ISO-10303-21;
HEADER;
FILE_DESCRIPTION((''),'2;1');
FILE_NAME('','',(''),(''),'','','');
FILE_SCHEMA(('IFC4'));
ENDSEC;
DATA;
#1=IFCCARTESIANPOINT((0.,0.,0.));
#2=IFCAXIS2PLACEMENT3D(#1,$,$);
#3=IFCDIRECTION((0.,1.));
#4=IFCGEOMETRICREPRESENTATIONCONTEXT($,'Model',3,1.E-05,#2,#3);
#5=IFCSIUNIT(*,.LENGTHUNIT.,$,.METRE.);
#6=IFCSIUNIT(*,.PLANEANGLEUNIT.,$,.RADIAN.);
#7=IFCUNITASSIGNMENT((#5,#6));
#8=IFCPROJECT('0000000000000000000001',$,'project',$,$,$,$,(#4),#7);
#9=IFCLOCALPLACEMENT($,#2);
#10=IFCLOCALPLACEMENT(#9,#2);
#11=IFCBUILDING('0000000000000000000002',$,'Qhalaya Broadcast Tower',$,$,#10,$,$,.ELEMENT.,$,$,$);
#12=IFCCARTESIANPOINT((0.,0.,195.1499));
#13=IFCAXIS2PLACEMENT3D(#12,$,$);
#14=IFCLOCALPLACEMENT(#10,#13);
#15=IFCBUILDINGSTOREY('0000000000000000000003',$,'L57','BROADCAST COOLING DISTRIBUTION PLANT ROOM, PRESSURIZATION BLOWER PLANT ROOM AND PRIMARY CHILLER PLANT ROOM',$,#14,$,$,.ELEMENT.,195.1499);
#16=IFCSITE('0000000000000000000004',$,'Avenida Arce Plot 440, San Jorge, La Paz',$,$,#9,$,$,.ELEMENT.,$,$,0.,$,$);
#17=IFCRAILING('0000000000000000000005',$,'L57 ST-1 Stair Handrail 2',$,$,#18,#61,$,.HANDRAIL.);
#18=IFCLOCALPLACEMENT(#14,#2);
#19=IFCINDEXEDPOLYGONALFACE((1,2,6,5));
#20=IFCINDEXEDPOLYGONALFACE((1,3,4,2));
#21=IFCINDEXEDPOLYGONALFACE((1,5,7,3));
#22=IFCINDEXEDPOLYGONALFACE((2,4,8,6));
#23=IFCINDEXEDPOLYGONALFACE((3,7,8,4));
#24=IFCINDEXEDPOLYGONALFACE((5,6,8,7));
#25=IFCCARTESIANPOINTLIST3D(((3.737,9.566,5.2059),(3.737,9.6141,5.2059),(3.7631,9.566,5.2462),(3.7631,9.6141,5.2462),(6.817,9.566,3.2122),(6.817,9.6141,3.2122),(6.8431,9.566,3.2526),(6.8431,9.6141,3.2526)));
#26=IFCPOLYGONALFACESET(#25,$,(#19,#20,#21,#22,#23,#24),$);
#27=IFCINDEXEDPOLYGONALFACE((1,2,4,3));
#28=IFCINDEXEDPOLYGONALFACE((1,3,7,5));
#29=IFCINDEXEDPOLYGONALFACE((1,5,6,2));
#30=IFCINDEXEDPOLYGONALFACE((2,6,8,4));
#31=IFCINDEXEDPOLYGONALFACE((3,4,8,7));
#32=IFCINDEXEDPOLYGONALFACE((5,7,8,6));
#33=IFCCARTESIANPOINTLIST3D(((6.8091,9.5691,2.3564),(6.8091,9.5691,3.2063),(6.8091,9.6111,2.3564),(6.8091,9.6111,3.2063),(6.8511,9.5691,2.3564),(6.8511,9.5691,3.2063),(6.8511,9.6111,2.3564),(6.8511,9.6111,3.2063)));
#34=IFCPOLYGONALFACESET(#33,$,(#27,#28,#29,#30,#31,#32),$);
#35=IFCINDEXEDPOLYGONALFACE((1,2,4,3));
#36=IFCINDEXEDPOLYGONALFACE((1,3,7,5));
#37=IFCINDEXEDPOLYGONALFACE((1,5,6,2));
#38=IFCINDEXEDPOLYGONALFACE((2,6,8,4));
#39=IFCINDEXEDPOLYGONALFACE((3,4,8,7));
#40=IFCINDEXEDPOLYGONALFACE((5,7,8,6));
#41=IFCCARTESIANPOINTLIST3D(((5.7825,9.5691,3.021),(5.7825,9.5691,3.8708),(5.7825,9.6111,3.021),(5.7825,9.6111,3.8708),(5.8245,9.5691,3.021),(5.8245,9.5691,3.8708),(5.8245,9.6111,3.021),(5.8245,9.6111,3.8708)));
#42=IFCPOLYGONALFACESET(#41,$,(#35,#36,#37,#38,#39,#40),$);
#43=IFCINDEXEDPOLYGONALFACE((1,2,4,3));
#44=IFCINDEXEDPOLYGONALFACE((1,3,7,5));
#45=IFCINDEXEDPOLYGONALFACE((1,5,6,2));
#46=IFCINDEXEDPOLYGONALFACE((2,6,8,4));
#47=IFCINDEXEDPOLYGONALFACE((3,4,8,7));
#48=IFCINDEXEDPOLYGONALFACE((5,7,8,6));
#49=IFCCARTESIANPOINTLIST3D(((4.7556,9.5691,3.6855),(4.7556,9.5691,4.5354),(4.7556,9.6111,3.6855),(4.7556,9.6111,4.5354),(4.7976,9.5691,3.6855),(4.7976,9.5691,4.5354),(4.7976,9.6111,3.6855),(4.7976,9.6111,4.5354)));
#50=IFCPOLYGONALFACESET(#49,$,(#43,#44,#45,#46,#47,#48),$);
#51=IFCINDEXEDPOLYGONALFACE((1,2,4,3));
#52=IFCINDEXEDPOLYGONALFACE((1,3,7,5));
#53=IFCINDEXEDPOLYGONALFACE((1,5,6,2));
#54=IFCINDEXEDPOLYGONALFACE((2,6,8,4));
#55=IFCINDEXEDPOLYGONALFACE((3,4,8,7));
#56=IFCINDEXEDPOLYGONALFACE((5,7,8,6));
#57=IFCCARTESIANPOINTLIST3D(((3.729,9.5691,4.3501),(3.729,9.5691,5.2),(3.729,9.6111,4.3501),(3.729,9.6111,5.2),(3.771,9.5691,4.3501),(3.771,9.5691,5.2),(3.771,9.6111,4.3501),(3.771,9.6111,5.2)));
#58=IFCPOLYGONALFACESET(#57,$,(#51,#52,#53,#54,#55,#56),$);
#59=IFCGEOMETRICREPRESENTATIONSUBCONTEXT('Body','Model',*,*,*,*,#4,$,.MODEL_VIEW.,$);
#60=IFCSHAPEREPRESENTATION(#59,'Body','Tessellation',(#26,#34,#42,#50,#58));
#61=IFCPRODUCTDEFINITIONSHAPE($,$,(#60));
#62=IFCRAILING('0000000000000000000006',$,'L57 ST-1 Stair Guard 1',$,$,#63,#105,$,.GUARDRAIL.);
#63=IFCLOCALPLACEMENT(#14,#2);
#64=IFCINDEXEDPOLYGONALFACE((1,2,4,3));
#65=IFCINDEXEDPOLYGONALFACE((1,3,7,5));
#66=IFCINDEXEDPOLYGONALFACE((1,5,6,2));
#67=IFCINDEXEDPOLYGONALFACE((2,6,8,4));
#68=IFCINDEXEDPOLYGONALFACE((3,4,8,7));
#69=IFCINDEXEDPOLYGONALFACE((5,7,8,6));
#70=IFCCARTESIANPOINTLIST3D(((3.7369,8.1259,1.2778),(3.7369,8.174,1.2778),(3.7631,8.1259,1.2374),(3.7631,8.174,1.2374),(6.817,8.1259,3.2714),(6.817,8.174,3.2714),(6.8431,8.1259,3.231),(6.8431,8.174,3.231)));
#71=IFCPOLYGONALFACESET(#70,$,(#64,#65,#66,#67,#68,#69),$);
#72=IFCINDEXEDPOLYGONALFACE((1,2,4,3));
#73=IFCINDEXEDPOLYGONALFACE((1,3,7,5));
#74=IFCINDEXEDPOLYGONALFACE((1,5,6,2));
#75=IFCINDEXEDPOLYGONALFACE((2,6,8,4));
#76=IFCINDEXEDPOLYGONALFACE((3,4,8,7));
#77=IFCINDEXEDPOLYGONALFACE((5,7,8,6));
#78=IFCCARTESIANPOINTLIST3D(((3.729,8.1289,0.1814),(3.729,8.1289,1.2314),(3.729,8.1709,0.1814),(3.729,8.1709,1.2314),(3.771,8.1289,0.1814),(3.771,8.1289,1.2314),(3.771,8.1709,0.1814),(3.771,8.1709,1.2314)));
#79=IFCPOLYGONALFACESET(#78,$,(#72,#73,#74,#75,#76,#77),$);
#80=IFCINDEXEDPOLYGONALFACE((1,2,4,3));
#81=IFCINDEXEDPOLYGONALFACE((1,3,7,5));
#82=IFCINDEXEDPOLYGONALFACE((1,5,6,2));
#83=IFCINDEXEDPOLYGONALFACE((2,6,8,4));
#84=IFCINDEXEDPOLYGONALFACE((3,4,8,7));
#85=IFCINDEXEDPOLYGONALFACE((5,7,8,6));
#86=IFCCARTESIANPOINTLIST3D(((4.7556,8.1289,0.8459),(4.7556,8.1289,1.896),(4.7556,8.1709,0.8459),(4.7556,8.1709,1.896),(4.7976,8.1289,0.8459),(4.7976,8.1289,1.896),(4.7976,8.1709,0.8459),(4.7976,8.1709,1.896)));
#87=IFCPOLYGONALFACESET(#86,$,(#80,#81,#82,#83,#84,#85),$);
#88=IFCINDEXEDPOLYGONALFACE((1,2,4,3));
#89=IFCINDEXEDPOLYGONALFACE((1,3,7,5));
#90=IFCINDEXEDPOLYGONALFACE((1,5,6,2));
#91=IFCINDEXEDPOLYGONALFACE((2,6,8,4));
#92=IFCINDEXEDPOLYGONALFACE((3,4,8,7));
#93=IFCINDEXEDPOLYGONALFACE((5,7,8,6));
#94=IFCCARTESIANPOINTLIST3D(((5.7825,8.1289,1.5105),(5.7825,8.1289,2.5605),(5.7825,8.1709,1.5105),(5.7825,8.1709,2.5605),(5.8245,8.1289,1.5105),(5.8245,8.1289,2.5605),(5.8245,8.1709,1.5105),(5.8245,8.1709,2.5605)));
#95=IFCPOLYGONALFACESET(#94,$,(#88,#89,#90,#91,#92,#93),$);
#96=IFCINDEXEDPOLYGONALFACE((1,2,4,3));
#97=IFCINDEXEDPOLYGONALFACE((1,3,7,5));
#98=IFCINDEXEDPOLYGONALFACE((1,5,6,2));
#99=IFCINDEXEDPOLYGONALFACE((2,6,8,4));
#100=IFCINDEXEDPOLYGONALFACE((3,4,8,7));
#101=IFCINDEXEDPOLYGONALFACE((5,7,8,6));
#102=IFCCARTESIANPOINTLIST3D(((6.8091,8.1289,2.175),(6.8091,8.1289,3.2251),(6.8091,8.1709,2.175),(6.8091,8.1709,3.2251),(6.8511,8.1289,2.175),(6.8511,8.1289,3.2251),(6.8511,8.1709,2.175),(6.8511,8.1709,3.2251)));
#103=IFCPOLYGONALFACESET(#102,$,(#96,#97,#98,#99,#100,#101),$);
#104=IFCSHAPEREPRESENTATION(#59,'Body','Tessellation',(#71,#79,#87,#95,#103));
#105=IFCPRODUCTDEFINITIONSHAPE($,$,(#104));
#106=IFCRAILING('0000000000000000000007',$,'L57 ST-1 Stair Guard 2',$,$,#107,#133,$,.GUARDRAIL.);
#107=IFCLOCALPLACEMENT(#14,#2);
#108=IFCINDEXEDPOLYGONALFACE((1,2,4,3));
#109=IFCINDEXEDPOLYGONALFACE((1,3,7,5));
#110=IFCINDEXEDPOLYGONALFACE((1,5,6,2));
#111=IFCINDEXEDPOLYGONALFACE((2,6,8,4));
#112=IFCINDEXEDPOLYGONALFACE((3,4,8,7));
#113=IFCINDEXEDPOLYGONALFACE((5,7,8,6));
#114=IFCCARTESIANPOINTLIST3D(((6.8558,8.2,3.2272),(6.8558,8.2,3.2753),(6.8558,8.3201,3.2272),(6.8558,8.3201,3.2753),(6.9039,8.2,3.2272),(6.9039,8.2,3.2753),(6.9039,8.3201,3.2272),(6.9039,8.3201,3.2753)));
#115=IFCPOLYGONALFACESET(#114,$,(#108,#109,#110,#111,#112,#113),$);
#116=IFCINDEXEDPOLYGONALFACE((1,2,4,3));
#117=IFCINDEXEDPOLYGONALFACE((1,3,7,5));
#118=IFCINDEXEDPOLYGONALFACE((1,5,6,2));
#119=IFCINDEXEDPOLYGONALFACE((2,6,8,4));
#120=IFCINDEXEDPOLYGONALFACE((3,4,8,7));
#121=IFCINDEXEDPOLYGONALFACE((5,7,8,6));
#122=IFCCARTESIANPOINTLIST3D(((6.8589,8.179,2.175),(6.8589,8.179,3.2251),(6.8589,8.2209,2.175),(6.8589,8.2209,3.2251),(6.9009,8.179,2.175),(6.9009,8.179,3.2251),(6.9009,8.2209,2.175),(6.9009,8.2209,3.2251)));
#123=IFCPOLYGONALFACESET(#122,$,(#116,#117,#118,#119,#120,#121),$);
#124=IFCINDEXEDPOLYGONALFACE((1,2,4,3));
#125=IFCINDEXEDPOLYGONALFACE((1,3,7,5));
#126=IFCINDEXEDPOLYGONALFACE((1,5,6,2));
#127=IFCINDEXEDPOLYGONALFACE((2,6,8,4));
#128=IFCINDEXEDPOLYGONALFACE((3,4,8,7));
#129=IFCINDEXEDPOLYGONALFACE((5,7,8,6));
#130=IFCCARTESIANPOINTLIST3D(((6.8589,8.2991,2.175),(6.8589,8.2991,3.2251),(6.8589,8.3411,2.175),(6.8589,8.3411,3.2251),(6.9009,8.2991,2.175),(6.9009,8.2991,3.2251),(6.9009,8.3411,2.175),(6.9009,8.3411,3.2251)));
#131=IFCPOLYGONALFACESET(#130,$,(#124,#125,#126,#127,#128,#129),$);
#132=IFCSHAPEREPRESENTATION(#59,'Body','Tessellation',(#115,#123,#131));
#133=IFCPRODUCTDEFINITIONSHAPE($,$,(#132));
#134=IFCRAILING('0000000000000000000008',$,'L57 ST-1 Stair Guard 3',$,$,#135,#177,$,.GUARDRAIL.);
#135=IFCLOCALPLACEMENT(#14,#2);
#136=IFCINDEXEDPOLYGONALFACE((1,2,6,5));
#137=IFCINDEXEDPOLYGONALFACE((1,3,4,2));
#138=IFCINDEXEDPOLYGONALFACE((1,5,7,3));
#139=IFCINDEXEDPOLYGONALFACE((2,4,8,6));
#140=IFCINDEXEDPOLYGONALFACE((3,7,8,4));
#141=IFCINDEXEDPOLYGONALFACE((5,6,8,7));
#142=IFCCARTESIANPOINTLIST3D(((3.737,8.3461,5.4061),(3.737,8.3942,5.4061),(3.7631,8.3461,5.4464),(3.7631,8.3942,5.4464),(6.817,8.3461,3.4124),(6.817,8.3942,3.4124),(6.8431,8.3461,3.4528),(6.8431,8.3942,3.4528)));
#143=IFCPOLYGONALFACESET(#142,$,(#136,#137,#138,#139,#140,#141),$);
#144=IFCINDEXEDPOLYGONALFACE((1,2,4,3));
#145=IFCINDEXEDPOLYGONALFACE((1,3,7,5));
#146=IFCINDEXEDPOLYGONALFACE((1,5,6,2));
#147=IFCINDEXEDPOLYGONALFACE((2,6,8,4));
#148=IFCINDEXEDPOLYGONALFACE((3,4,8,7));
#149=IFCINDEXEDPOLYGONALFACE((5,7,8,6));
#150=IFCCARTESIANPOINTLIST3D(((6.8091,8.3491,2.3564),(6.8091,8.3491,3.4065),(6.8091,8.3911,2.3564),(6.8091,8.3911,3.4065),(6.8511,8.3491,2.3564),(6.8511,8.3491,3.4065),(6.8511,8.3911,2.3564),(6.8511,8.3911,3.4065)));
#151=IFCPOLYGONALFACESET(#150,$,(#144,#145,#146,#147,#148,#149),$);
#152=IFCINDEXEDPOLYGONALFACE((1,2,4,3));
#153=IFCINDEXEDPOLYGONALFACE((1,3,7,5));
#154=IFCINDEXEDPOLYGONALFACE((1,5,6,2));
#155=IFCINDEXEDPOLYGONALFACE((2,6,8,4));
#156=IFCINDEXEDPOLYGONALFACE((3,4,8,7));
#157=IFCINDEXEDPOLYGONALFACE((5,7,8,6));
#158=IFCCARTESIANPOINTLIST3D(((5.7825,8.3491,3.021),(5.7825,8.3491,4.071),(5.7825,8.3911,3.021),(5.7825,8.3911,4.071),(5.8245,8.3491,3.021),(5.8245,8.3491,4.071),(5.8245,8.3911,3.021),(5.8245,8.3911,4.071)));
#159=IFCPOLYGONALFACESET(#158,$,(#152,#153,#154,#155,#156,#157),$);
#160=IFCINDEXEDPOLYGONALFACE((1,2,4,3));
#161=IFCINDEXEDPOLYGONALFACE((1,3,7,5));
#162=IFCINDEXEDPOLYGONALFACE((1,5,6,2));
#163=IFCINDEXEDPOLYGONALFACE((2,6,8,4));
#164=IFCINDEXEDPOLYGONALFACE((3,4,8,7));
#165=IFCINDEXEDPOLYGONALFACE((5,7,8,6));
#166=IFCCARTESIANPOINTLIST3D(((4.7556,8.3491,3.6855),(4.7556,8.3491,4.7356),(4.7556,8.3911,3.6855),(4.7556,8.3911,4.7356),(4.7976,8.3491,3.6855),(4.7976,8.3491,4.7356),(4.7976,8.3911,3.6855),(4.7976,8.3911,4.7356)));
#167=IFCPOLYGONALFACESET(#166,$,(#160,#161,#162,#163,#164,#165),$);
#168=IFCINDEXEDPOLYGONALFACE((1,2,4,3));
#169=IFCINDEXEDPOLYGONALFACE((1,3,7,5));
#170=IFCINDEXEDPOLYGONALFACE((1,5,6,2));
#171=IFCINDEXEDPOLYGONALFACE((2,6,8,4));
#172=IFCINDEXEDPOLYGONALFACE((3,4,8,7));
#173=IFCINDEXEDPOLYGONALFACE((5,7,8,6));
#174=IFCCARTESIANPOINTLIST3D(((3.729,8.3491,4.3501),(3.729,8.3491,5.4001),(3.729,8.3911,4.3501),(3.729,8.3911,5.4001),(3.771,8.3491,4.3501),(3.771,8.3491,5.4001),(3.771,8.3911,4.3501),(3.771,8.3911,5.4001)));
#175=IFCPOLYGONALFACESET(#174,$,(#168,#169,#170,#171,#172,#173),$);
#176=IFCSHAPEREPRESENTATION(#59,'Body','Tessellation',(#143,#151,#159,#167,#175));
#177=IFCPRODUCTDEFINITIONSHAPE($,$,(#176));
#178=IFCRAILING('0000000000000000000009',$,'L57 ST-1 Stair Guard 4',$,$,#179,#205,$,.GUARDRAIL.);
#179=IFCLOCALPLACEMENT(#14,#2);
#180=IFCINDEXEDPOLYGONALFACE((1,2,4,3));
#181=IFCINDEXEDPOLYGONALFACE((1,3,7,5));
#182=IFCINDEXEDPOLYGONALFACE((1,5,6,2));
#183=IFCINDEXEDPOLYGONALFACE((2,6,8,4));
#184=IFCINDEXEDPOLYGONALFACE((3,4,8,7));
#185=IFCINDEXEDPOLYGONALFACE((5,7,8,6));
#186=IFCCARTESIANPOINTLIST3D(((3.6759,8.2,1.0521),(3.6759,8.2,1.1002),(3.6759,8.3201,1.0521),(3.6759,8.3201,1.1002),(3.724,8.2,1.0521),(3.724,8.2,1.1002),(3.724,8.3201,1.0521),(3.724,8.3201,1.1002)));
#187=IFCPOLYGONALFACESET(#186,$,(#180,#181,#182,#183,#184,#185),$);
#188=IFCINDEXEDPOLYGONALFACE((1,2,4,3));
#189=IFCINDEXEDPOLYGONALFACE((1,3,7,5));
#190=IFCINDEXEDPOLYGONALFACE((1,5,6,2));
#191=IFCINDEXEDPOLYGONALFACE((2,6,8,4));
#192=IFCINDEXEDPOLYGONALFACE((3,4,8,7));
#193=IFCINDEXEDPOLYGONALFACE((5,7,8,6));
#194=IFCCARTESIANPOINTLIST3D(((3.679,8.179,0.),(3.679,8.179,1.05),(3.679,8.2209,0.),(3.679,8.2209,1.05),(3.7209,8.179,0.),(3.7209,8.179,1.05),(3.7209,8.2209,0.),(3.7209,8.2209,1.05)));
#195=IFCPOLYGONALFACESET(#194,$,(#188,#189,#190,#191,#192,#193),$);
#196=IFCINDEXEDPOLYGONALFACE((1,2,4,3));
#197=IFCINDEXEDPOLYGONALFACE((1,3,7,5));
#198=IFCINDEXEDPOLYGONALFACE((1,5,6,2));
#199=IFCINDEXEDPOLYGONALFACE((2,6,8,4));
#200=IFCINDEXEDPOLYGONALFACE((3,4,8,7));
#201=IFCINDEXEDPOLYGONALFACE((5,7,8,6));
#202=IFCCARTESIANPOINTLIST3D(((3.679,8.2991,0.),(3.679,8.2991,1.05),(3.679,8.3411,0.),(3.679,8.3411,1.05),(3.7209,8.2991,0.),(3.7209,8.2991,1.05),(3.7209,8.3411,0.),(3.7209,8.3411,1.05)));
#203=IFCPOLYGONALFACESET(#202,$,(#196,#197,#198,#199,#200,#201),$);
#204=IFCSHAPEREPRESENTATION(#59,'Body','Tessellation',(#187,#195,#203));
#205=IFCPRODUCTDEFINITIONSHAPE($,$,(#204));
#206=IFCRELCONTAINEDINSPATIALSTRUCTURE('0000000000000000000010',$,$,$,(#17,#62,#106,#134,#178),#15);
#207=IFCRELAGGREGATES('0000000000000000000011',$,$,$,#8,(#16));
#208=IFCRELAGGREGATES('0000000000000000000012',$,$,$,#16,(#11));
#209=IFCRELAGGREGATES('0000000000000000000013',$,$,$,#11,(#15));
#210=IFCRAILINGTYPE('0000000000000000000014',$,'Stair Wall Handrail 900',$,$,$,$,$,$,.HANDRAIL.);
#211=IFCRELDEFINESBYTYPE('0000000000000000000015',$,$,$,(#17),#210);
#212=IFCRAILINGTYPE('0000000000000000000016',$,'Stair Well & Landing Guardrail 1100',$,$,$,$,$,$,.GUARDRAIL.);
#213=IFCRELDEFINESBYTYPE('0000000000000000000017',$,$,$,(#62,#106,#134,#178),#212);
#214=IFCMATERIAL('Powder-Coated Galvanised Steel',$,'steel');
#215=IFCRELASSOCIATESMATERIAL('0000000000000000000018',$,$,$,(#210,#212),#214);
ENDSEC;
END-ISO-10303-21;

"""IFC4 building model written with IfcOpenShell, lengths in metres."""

from ifc_helpers import new_model, si_unit, direction, frame, origin, origin_2d, place, context, subcontext, project, spatial, rectangle, extrude, material, type_object, element, save


model = new_model("IFC4")

# Units and contexts
model_context = context("Model", 3, precision=1e-05, world=origin(), true_north=direction((0.0, 1.0)))
body_context = subcontext(model_context, "Body", "Model", "MODEL_VIEW")
ifc_project = project(units=[si_unit("LENGTHUNIT", "METRE"), si_unit("PLANEANGLEUNIT", "RADIAN")], contexts=[model_context])

# Site, building, storey
site_placement = place(None, origin())
site = spatial("IfcSite", under=ifc_project, at=site_placement, Name="Avenida Arce Plot 440, San Jorge, La Paz", CompositionType="ELEMENT", RefElevation=0.0)
building_placement = place(site_placement, origin())
building = spatial("IfcBuilding", under=site, at=building_placement, Name="Qhalaya Broadcast Tower", CompositionType="ELEMENT")
storey_placement = place(building_placement, frame((0.0, 0.0, 195.1499)))
storey = spatial("IfcBuildingStorey", under=building, at=storey_placement, Name="L57", Description="BROADCAST COOLING DISTRIBUTION PLANT ROOM, PRESSURIZATION BLOWER PLANT ROOM AND PRIMARY CHILLER PLANT ROOM", CompositionType="ELEMENT", Elevation=195.1499)

# Railings
ifc_material_1 = material(Name="Powder-Coated Galvanised Steel", Category="steel")
railing_type_1 = type_object("IfcRailingType", Name="Stair Wall Handrail 900", PredefinedType="HANDRAIL", material=ifc_material_1)
railing_1_placement = place(storey_placement, frame((6.8301, 9.5901, 2.3564)))
element("IfcRailing", 1, at=railing_1_placement, inside=storey, type_object=railing_type_1, Name="L57 ST-1 Stair Handrail 2", PredefinedType="HANDRAIL", context=body_context, shape_type="SweptSolid", body=[
    extrude(rectangle(XDim=0.0481, YDim=0.0481, at=origin_2d()), frame((0.0, 0.0, 0.876), z_axis=(-0.839488, 0.0, 0.543378), x_axis=(0.0, -1.0, 0.0)), (0.0, 0.0, 1.0), 3.6689),
    extrude(rectangle(XDim=0.042, YDim=0.042, at=origin_2d()), origin(), (0.0, 0.0, 1.0), 0.8499),
    extrude(rectangle(XDim=0.042, YDim=0.042, at=origin_2d()), frame((-1.0266, 0.0, 0.6646)), (0.0, 0.0, 1.0), 0.8499),
    extrude(rectangle(XDim=0.042, YDim=0.042, at=origin_2d()), frame((-2.0535, 0.0, 1.3291)), (0.0, 0.0, 1.0), 0.8499),
    extrude(rectangle(XDim=0.042, YDim=0.042, at=origin_2d()), frame((-3.0801, 0.0, 1.9937)), (0.0, 0.0, 1.0), 0.8499),
])
railing_type_2 = type_object("IfcRailingType", Name="Stair Well & Landing Guardrail 1100", PredefinedType="GUARDRAIL", material=ifc_material_1)
railing_2_placement = place(storey_placement, frame((3.75, 8.1499, 0.1814)))
element("IfcRailing", 2, at=railing_2_placement, inside=storey, type_object=railing_type_2, Name="L57 ST-1 Stair Guard 1", PredefinedType="GUARDRAIL", context=body_context, shape_type="SweptSolid", body=[
    extrude(rectangle(XDim=0.0481, YDim=0.0481, at=origin_2d()), frame((0.0, 0.0, 1.0762), z_axis=(0.839488, 0.0, 0.543378), x_axis=(0.0, 1.0, 0.0)), (0.0, 0.0, 1.0), 3.6689),
    extrude(rectangle(XDim=0.042, YDim=0.042, at=origin_2d()), origin(), (0.0, 0.0, 1.0), 1.05),
    extrude(rectangle(XDim=0.042, YDim=0.042, at=origin_2d()), frame((1.0266, 0.0, 0.6646)), (0.0, 0.0, 1.0), 1.05),
    extrude(rectangle(XDim=0.042, YDim=0.042, at=origin_2d()), frame((2.0535, 0.0, 1.3291)), (0.0, 0.0, 1.0), 1.05),
    extrude(rectangle(XDim=0.042, YDim=0.042, at=origin_2d()), frame((3.0801, 0.0, 1.9937)), (0.0, 0.0, 1.0), 1.05),
])
railing_3_placement = place(storey_placement, frame((6.8799, 8.2, 2.175)))
element("IfcRailing", 3, at=railing_3_placement, inside=storey, type_object=railing_type_2, Name="L57 ST-1 Stair Guard 2", PredefinedType="GUARDRAIL", context=body_context, shape_type="SweptSolid", body=[
    extrude(rectangle(XDim=0.0481, YDim=0.0481, at=origin_2d()), frame((0.0, 0.0, 1.0762), z_axis=(0.0, 1.0, 0.0), x_axis=(-1.0, 0.0, 0.0)), (0.0, 0.0, 1.0), 0.1201),
    extrude(rectangle(XDim=0.042, YDim=0.042, at=origin_2d()), origin(), (0.0, 0.0, 1.0), 1.05),
    extrude(rectangle(XDim=0.042, YDim=0.042, at=origin_2d()), frame((0.0, 0.1201, 0.0)), (0.0, 0.0, 1.0), 1.05),
])
railing_4_placement = place(storey_placement, frame((6.8301, 8.3701, 2.3564)))
element("IfcRailing", 4, at=railing_4_placement, inside=storey, type_object=railing_type_2, Name="L57 ST-1 Stair Guard 3", PredefinedType="GUARDRAIL", context=body_context, shape_type="SweptSolid", body=[
    extrude(rectangle(XDim=0.0481, YDim=0.0481, at=origin_2d()), frame((0.0, 0.0, 1.0762), z_axis=(-0.839488, 0.0, 0.543378), x_axis=(0.0, -1.0, 0.0)), (0.0, 0.0, 1.0), 3.6689),
    extrude(rectangle(XDim=0.042, YDim=0.042, at=origin_2d()), origin(), (0.0, 0.0, 1.0), 1.05),
    extrude(rectangle(XDim=0.042, YDim=0.042, at=origin_2d()), frame((-1.0266, 0.0, 0.6646)), (0.0, 0.0, 1.0), 1.05),
    extrude(rectangle(XDim=0.042, YDim=0.042, at=origin_2d()), frame((-2.0535, 0.0, 1.3291)), (0.0, 0.0, 1.0), 1.05),
    extrude(rectangle(XDim=0.042, YDim=0.042, at=origin_2d()), frame((-3.0801, 0.0, 1.9937)), (0.0, 0.0, 1.0), 1.05),
])
railing_5_placement = place(storey_placement, frame((3.7, 8.2, 0.0)))
element("IfcRailing", 5, at=railing_5_placement, inside=storey, type_object=railing_type_2, Name="L57 ST-1 Stair Guard 4", PredefinedType="GUARDRAIL", context=body_context, shape_type="SweptSolid", body=[
    extrude(rectangle(XDim=0.0481, YDim=0.0481, at=origin_2d()), frame((0.0, 0.0, 1.0762), z_axis=(0.0, 1.0, 0.0), x_axis=(-1.0, 0.0, 0.0)), (0.0, 0.0, 1.0), 0.1201),
    extrude(rectangle(XDim=0.042, YDim=0.042, at=origin_2d()), origin(), (0.0, 0.0, 1.0), 1.05),
    extrude(rectangle(XDim=0.042, YDim=0.042, at=origin_2d()), frame((0.0, 0.1201, 0.0)), (0.0, 0.0, 1.0), 1.05),
])

save(model, "model.ifc")
